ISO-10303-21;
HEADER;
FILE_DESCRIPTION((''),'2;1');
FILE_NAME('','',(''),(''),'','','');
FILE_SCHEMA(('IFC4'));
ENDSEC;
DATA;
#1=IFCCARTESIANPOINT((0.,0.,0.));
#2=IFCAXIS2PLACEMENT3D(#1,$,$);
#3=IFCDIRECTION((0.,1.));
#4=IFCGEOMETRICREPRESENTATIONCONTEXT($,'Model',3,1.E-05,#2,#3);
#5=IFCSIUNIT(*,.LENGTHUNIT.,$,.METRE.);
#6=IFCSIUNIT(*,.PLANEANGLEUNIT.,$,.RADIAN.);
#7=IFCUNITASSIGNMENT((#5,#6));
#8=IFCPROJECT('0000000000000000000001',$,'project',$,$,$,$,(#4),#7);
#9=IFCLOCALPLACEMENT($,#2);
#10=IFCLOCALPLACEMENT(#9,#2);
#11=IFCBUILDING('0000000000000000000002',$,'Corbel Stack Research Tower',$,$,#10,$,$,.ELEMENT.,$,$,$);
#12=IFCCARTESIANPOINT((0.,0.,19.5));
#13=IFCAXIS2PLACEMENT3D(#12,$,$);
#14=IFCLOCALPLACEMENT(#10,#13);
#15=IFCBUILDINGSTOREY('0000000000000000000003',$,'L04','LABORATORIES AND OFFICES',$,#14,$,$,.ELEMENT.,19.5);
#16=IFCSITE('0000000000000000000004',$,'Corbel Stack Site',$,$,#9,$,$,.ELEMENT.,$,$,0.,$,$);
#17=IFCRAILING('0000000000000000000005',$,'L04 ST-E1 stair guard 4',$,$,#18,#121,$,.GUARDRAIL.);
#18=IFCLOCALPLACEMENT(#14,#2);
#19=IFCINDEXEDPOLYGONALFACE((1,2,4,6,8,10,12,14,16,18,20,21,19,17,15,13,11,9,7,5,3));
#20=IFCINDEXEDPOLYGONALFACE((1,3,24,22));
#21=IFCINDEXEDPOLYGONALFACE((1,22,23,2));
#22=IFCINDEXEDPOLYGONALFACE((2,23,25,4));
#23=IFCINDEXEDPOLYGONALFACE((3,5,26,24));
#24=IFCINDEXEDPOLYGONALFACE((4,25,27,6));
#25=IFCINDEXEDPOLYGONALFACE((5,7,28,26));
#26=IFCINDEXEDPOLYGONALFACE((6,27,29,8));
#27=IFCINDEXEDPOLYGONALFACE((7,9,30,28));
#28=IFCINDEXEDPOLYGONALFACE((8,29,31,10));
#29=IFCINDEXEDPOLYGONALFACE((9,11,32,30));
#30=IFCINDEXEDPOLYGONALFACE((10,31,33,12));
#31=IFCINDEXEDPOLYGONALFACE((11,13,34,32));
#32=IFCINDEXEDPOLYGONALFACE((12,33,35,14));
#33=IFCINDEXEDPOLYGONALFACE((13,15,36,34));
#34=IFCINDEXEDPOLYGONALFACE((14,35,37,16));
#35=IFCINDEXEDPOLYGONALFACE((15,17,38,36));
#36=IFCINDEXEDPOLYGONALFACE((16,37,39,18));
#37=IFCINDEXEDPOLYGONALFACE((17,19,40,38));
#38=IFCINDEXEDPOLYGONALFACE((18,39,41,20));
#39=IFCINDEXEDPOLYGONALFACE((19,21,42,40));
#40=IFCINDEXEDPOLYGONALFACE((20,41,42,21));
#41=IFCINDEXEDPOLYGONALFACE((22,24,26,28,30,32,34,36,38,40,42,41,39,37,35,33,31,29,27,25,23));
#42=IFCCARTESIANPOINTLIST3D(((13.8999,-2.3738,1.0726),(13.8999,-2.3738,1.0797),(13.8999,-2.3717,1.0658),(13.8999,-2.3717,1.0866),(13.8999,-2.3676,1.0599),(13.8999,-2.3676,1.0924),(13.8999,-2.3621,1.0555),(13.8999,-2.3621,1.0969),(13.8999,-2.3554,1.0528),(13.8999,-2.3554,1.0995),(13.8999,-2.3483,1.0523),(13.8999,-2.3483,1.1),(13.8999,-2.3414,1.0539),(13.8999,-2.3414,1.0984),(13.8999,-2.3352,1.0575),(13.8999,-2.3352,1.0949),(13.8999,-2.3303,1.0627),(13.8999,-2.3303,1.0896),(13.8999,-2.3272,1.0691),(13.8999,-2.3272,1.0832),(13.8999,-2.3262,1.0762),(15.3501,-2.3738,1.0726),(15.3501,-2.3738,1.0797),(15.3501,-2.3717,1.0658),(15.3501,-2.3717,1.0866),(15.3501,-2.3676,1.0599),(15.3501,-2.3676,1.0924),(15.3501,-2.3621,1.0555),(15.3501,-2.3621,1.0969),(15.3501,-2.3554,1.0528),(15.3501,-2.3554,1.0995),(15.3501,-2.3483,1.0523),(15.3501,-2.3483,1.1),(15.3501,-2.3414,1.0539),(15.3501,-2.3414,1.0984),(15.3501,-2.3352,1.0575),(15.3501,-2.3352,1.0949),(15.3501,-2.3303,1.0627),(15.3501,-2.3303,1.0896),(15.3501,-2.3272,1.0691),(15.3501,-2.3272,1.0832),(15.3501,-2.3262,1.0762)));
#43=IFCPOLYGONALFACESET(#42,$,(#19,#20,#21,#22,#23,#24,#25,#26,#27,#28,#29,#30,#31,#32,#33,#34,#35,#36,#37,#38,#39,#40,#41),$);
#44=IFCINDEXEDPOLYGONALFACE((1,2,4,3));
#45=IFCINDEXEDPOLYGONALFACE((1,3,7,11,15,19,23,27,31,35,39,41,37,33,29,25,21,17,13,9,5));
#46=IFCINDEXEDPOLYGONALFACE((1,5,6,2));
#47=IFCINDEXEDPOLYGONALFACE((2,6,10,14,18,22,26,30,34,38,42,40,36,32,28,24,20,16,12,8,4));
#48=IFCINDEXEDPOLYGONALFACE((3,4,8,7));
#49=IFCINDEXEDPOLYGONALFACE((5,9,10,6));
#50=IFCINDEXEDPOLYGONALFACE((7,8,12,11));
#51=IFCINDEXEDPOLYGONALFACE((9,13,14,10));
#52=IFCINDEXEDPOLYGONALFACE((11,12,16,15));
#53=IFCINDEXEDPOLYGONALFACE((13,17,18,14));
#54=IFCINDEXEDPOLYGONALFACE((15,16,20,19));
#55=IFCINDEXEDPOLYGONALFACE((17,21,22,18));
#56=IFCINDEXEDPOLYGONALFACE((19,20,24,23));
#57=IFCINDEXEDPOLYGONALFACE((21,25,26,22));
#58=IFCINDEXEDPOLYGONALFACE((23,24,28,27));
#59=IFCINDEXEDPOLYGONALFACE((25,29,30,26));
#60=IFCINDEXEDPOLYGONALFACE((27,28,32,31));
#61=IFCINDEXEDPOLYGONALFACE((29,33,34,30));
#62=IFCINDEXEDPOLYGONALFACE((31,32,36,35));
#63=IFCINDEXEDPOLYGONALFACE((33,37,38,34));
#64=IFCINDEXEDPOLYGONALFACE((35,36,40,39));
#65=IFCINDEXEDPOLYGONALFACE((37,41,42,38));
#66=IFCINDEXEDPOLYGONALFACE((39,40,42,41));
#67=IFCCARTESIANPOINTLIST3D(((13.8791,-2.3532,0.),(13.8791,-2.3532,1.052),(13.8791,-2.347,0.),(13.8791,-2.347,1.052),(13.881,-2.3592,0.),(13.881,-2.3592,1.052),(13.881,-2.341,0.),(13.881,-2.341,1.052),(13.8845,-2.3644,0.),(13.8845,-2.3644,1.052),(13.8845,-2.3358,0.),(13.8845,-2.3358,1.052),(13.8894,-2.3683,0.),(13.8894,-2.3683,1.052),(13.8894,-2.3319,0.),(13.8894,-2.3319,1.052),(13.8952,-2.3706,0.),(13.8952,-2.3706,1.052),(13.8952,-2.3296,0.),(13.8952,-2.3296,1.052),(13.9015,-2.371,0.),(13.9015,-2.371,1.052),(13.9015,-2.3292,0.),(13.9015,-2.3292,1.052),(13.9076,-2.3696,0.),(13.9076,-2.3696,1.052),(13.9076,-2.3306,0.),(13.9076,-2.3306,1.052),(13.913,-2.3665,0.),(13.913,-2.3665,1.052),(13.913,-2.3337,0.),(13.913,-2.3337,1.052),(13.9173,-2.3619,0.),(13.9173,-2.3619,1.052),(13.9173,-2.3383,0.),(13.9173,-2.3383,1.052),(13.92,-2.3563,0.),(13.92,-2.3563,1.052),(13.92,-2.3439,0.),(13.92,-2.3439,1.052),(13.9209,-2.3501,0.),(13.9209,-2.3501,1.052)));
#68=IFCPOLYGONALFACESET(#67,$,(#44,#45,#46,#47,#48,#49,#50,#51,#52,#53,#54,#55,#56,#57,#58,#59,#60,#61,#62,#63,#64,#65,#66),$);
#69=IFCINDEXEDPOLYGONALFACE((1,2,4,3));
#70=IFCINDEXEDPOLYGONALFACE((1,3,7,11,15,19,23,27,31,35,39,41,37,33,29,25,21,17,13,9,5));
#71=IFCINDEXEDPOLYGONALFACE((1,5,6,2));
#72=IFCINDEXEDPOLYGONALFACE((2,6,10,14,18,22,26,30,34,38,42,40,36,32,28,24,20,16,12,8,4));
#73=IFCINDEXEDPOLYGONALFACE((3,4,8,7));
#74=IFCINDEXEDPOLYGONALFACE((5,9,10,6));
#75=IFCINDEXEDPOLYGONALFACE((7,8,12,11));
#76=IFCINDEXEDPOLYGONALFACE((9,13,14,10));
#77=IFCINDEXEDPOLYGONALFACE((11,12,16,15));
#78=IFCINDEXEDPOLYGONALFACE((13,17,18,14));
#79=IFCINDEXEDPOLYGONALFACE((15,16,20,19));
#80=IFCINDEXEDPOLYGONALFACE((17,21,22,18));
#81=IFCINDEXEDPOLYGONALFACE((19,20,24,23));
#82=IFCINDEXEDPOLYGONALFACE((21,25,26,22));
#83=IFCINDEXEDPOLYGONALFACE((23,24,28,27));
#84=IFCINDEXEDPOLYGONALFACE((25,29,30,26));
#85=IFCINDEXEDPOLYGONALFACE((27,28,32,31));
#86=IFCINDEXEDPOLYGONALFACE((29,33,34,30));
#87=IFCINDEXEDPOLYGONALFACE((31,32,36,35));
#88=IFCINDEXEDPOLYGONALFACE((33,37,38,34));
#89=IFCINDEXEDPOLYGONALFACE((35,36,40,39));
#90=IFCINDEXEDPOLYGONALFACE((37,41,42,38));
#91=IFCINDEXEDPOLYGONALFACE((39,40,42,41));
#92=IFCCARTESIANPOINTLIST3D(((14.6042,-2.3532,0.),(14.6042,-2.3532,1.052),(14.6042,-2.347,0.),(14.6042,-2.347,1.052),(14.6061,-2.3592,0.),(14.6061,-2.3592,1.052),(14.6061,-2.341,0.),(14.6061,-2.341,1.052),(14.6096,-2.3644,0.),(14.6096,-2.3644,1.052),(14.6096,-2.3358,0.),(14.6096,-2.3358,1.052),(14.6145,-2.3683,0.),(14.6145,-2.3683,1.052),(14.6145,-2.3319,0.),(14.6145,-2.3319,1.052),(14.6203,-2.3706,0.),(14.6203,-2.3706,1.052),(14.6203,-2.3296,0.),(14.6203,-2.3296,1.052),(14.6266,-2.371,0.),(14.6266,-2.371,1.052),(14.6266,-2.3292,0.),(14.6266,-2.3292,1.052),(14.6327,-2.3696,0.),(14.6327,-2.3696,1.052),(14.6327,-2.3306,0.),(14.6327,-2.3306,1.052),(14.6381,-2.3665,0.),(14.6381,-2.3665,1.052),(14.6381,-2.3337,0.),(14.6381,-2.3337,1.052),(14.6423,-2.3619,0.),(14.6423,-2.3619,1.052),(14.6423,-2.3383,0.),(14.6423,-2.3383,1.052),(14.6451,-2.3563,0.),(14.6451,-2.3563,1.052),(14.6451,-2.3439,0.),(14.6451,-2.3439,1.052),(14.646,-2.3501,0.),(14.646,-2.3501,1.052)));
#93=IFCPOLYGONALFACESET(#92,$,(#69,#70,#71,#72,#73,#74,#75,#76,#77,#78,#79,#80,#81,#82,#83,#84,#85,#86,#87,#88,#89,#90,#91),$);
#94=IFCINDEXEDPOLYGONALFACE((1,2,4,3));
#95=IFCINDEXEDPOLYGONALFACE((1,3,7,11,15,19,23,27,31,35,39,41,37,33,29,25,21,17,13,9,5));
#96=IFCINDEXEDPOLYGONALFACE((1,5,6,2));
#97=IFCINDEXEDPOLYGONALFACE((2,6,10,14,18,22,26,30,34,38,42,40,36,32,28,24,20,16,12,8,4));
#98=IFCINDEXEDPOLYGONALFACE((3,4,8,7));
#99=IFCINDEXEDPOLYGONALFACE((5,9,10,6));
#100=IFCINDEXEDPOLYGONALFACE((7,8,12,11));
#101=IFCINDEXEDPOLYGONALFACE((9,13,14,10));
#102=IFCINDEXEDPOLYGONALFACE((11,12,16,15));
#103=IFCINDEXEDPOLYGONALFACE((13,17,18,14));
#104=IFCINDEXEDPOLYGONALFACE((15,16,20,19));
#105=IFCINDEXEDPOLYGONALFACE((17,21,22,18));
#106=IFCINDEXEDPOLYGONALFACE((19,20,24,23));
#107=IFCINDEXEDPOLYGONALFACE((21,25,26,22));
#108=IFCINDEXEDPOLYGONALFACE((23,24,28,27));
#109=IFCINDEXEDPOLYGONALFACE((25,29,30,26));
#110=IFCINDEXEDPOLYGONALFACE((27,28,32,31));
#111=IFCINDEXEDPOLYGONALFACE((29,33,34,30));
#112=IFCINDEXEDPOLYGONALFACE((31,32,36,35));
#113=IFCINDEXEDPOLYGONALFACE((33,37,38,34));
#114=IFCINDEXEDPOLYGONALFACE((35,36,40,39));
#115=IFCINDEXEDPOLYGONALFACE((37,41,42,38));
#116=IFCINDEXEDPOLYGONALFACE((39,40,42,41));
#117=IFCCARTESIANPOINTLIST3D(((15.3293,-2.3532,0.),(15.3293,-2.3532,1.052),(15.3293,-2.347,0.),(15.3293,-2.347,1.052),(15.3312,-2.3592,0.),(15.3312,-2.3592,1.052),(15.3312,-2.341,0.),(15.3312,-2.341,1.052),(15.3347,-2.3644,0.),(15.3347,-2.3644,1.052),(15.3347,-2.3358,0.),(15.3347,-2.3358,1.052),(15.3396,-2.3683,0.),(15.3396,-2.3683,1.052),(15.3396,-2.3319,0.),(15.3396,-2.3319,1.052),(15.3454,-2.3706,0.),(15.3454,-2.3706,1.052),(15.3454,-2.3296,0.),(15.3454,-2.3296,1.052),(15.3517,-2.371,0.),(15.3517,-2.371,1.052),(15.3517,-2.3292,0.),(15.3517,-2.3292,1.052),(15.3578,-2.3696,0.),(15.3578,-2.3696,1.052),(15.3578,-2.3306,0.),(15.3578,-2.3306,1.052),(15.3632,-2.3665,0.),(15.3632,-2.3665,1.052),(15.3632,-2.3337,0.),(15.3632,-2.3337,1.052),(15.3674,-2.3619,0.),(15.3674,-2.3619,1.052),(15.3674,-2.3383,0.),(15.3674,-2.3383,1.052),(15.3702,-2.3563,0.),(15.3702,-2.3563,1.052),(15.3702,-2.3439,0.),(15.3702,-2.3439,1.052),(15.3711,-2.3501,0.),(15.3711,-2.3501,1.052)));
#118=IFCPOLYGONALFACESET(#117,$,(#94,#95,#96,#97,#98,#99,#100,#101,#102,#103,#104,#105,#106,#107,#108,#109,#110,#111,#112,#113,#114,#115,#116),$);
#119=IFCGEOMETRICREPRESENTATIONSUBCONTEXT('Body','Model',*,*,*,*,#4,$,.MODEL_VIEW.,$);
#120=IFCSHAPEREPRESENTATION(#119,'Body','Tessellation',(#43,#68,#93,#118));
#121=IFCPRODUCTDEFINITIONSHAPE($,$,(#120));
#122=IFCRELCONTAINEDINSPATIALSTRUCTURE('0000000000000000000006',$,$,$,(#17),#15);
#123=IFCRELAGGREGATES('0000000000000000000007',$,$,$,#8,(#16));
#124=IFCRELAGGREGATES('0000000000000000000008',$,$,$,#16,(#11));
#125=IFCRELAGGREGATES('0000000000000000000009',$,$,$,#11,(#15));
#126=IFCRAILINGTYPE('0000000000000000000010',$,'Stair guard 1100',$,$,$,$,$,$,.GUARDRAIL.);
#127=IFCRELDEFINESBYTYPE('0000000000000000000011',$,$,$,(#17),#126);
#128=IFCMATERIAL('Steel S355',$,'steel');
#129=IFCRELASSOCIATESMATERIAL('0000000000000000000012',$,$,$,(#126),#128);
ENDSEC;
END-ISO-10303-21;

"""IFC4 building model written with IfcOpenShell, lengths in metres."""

from ifc_helpers import new_model, si_unit, direction, frame, origin, origin_2d, place, context, subcontext, project, spatial, circle, extrude, material, type_object, element, save


model = new_model("IFC4")

# Units and contexts
model_context = context("Model", 3, precision=1e-05, world=origin(), true_north=direction((0.0, 1.0)))
body_context = subcontext(model_context, "Body", "Model", "MODEL_VIEW")
ifc_project = project(units=[si_unit("LENGTHUNIT", "METRE"), si_unit("PLANEANGLEUNIT", "RADIAN")], contexts=[model_context])

# Site, building, storey
site_placement = place(None, origin())
site = spatial("IfcSite", under=ifc_project, at=site_placement, Name="Corbel Stack Site", CompositionType="ELEMENT", RefElevation=0.0)
building_placement = place(site_placement, origin())
building = spatial("IfcBuilding", under=site, at=building_placement, Name="Corbel Stack Research Tower", CompositionType="ELEMENT")
storey_placement = place(building_placement, frame((0.0, 0.0, 19.5)))
storey = spatial("IfcBuildingStorey", under=building, at=storey_placement, Name="L04", Description="LABORATORIES AND OFFICES", CompositionType="ELEMENT", Elevation=19.5)

# Railing
ifc_material_1 = material(Name="Steel S355", Category="steel")
railing_type_1 = type_object("IfcRailingType", Name="Stair guard 1100", PredefinedType="GUARDRAIL", material=ifc_material_1)
railing_1_placement = place(storey_placement, frame((13.8999, -2.3501, 0.0)))
element("IfcRailing", 1, at=railing_1_placement, inside=storey, type_object=railing_type_1, Name="L04 ST-E1 stair guard 4", PredefinedType="GUARDRAIL", context=body_context, shape_type="SweptSolid", body=[
    extrude(circle(Radius=0.0239, at=origin_2d()), frame((0.0, 0.0, 1.0762), z_axis=(1.0, 0.0, 0.0), x_axis=(0.0, 1.0, 0.0)), (0.0, 0.0, 1.0), 1.4502),
    extrude(circle(Radius=0.021, at=origin_2d()), origin(), (0.0, 0.0, 1.0), 1.052),
    extrude(circle(Radius=0.021, at=origin_2d()), frame((0.7251, 0.0, 0.0)), (0.0, 0.0, 1.0), 1.052),
    extrude(circle(Radius=0.021, at=origin_2d()), frame((1.4502, 0.0, 0.0)), (0.0, 0.0, 1.0), 1.052),
])

save(model, "model.ifc")
